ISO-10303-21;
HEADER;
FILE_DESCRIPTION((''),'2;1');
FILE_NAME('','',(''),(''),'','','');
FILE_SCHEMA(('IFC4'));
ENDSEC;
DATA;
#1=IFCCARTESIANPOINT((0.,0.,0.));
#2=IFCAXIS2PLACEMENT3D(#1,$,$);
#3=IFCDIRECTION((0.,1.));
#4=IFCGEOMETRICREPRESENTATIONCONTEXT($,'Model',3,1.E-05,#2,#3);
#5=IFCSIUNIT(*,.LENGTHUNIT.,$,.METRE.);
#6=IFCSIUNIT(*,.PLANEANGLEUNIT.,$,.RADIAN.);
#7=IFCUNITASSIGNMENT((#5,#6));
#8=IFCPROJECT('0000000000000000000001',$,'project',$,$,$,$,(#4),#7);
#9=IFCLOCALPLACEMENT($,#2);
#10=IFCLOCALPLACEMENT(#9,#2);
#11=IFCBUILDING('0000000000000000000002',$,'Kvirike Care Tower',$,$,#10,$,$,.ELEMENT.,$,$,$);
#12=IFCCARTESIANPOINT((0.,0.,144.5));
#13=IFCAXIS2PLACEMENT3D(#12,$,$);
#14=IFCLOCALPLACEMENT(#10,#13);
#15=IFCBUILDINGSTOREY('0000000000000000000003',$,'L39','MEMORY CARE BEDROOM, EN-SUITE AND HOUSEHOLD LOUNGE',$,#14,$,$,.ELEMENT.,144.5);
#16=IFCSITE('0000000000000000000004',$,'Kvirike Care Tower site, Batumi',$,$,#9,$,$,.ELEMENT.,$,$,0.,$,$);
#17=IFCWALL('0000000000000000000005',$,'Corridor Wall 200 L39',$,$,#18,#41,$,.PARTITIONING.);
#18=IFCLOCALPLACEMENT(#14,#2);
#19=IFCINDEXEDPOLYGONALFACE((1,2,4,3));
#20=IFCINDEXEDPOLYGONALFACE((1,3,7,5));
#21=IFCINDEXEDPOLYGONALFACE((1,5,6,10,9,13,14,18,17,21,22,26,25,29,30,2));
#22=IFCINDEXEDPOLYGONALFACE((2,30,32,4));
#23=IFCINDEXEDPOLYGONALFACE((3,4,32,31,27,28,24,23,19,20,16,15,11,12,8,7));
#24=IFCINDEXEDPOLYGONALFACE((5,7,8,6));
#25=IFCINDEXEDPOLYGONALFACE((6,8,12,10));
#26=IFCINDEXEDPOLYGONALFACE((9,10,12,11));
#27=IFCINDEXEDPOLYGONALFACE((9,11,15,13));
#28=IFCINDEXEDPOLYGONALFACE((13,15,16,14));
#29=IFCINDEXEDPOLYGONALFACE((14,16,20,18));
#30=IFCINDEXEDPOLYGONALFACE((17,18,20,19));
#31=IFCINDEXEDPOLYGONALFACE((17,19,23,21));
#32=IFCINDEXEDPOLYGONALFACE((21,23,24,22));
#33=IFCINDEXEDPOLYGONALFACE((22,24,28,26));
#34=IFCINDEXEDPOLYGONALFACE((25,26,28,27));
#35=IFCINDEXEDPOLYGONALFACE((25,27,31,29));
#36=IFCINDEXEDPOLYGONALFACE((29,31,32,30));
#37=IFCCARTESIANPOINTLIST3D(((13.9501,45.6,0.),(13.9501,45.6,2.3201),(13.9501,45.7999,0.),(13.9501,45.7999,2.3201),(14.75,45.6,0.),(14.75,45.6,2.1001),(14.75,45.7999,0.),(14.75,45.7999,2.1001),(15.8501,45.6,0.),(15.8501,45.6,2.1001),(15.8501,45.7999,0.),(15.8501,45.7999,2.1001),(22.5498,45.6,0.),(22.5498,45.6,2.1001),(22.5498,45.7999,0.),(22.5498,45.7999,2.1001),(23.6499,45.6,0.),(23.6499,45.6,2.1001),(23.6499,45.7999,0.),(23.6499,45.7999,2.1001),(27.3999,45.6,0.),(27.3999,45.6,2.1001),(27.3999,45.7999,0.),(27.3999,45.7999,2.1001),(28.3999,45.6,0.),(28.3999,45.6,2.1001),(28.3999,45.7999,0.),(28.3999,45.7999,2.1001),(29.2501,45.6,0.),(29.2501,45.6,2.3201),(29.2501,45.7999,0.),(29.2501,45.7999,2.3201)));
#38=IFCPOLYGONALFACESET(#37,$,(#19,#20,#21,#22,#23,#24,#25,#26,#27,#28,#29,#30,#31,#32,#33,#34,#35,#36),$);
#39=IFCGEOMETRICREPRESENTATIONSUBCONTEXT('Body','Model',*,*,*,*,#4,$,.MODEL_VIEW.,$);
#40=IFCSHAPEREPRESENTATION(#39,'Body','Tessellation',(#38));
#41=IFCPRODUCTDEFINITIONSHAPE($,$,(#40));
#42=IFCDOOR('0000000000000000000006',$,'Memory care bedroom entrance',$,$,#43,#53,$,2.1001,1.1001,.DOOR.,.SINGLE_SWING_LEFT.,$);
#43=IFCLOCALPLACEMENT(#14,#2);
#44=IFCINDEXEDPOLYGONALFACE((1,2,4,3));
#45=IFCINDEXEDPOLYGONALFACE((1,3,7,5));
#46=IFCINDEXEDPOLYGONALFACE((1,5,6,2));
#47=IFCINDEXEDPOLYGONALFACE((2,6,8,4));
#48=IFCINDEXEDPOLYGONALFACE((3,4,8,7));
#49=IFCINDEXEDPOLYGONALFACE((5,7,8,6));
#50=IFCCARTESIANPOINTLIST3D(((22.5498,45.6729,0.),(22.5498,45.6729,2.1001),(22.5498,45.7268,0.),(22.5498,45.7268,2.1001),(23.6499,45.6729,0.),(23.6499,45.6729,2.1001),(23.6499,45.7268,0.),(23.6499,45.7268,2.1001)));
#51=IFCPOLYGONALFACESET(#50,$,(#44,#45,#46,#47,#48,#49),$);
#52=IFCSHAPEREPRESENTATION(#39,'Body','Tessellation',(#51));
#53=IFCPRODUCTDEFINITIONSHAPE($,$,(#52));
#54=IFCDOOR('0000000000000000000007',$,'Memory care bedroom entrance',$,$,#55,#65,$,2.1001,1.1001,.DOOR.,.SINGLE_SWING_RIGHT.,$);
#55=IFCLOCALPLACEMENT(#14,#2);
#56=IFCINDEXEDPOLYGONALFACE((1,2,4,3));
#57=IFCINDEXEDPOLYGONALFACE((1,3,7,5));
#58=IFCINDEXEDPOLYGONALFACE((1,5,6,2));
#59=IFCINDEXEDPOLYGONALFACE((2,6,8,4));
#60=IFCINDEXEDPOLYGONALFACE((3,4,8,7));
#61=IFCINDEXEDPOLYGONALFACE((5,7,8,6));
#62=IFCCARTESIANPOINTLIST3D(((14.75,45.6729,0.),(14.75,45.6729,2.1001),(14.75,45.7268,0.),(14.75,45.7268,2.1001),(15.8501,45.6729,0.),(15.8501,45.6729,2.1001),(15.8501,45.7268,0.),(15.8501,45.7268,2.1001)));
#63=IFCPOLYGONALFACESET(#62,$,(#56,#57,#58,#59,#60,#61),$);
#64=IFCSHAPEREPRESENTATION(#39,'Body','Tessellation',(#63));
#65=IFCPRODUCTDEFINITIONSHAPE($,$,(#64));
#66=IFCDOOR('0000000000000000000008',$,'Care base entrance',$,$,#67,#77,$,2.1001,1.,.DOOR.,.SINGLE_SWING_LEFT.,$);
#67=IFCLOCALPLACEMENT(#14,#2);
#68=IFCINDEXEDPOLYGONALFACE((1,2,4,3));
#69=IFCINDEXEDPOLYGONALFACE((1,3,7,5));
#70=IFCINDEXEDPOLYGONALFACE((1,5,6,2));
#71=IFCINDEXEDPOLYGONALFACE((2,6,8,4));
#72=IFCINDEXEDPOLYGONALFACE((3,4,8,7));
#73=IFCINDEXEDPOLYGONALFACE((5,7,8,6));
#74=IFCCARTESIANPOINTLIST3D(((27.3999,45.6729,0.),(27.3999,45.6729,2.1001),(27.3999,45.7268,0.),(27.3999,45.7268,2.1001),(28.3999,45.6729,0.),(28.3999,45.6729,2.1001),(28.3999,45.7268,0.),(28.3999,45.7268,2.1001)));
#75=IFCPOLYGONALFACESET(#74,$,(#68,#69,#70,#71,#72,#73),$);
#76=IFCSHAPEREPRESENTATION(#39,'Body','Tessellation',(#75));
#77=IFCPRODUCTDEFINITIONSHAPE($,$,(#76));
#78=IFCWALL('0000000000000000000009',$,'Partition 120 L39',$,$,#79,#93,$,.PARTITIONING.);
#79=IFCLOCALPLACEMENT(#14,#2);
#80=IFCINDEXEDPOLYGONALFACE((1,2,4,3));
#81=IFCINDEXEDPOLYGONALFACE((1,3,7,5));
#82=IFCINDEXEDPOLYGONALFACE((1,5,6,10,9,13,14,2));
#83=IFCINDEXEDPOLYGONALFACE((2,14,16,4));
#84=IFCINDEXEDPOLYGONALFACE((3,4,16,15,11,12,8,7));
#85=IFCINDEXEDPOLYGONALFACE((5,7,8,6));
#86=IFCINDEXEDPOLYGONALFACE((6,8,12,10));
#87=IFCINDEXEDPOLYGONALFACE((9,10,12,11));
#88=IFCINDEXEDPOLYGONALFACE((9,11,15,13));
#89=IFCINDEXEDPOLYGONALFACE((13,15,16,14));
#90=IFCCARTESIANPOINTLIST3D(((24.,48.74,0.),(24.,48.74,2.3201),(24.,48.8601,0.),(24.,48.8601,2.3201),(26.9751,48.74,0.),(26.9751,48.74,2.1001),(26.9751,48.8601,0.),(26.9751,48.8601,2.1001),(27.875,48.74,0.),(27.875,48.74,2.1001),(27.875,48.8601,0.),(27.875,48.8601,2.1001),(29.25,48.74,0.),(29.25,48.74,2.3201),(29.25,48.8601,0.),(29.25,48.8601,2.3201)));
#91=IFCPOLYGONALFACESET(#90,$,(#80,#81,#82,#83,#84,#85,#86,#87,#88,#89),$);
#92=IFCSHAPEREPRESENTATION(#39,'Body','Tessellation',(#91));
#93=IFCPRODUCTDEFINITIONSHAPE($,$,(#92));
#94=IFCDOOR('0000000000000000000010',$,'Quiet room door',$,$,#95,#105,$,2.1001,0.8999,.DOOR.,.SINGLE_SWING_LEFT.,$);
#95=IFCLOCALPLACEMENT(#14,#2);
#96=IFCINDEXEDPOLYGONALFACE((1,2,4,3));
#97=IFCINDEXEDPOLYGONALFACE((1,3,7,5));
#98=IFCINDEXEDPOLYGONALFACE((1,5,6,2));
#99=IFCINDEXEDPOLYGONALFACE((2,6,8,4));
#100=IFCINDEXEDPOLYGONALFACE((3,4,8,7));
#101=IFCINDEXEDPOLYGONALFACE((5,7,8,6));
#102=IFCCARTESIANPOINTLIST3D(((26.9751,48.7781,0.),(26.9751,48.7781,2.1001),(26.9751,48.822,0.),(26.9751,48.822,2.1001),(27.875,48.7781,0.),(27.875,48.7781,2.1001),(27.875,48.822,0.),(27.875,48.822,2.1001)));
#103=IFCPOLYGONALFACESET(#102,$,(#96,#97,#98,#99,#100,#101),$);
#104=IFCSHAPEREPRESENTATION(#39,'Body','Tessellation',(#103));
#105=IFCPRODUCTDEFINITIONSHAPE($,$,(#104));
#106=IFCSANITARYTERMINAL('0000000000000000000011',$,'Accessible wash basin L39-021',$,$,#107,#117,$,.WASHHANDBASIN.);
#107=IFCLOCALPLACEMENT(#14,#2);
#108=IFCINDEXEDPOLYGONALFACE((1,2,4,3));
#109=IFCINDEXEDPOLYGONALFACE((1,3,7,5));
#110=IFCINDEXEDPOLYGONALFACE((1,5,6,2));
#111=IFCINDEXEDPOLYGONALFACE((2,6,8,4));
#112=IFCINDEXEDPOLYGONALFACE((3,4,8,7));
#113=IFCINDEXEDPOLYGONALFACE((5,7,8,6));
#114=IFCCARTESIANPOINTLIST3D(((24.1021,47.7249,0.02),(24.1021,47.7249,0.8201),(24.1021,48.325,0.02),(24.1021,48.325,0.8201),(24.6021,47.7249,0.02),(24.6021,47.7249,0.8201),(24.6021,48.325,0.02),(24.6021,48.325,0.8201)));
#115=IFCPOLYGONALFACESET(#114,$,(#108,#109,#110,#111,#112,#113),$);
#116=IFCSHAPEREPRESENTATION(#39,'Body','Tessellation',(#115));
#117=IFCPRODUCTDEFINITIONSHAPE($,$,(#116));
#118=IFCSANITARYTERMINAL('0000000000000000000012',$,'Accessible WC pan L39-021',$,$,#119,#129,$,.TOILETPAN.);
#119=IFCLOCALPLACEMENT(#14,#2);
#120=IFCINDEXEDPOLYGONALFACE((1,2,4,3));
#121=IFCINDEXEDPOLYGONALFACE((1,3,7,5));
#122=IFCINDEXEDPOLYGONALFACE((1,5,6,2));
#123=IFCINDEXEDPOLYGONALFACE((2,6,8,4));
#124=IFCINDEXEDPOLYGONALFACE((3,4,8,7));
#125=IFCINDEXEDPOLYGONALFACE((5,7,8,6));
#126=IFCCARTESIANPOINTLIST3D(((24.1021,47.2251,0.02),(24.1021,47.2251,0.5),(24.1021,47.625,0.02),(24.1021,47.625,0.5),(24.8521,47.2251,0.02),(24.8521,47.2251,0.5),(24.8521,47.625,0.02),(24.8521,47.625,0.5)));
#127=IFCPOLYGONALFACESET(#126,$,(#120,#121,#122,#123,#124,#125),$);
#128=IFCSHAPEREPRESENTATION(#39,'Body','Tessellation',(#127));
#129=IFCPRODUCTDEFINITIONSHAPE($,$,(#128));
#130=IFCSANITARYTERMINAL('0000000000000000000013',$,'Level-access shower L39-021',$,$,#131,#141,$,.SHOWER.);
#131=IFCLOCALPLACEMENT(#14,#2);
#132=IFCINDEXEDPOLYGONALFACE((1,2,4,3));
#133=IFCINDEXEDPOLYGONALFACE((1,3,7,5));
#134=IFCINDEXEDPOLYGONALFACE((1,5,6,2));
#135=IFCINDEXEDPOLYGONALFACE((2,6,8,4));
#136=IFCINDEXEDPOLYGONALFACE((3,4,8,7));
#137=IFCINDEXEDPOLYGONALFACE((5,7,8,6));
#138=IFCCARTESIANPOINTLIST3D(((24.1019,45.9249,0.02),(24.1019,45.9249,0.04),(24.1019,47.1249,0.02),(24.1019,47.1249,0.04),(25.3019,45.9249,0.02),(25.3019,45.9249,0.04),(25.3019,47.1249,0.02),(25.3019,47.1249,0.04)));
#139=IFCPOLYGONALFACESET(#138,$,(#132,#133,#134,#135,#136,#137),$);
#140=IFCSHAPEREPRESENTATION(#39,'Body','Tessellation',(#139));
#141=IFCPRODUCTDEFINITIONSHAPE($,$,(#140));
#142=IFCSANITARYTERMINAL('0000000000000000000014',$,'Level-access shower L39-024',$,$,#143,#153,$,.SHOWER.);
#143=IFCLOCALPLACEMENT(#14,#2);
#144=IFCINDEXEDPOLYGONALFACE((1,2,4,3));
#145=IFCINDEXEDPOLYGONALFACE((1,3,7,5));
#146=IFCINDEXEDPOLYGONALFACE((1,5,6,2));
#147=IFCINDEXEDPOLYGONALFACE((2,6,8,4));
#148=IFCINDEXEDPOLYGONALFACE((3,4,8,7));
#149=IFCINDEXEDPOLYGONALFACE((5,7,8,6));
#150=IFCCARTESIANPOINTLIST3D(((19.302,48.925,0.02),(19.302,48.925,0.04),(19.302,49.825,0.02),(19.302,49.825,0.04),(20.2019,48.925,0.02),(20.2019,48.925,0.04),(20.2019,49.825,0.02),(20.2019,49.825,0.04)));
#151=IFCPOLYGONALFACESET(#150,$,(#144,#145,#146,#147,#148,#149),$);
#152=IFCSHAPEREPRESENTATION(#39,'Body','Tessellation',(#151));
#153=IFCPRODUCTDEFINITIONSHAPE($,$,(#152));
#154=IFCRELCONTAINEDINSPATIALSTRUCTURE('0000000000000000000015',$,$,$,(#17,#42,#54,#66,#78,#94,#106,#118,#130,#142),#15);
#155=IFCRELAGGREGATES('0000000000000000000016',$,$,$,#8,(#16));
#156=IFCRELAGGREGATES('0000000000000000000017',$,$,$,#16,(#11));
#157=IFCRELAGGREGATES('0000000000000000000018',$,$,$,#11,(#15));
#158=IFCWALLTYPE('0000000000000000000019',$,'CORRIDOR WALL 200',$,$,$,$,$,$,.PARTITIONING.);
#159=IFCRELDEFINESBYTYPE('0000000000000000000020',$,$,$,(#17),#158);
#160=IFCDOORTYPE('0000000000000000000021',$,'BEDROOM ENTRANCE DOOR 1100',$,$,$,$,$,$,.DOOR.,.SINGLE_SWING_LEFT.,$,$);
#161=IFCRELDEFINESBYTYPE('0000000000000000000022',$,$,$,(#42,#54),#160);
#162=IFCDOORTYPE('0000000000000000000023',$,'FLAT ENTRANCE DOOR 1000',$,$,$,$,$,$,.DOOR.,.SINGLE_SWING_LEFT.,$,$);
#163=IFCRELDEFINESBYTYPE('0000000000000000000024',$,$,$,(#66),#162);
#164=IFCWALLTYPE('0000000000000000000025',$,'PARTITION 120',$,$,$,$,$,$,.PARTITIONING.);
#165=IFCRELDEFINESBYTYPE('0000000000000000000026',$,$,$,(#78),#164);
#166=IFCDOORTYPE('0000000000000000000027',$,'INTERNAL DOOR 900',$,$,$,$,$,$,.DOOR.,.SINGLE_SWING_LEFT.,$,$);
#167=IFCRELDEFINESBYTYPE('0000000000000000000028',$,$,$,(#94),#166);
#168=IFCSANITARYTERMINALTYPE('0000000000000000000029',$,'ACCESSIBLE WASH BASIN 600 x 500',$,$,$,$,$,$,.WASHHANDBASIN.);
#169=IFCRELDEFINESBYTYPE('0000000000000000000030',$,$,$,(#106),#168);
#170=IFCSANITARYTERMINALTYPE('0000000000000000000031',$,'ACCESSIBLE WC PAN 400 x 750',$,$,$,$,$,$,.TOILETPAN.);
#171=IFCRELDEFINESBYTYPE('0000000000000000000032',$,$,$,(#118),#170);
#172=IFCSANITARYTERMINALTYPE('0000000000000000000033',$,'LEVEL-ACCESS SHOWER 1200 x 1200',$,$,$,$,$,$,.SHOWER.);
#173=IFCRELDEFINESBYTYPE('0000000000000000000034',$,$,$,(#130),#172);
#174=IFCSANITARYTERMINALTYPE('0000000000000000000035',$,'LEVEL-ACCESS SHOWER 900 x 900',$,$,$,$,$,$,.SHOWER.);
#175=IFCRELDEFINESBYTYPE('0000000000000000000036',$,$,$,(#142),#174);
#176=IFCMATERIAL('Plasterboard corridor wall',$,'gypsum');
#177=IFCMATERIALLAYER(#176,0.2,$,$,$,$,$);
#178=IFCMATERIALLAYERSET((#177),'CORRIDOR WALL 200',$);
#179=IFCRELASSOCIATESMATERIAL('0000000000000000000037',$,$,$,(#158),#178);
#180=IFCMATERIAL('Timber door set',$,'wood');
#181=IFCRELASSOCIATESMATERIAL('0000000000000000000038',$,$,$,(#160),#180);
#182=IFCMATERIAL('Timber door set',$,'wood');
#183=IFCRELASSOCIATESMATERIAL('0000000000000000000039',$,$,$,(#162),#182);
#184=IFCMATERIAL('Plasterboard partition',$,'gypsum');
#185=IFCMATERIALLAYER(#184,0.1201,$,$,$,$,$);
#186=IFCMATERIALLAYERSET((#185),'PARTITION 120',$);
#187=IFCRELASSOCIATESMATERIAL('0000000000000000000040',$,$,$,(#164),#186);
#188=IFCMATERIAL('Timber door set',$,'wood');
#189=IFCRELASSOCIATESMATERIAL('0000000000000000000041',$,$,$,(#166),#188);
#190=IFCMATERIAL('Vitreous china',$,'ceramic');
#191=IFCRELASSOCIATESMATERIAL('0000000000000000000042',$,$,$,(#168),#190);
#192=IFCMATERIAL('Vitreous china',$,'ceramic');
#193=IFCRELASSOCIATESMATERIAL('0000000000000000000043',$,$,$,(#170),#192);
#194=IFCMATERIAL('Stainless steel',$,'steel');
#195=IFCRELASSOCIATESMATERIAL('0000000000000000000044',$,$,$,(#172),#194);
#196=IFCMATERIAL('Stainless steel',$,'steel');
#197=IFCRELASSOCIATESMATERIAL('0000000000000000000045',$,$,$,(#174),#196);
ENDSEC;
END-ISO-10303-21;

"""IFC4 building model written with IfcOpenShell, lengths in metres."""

from ifc_helpers import new_model, si_unit, direction, frame, frame_2d, origin, origin_2d, place, context, subcontext, project, spatial, rectangle, extrude, material, layer, layer_set, type_object, element, fill, save


model = new_model("IFC4")

# Units and contexts
model_context = context("Model", 3, precision=1e-05, world=origin(), true_north=direction((0.0, 1.0)))
body_context = subcontext(model_context, "Body", "Model", "MODEL_VIEW")
ifc_project = project(units=[si_unit("LENGTHUNIT", "METRE"), si_unit("PLANEANGLEUNIT", "RADIAN")], contexts=[model_context])

# Site, building, storey
site_placement = place(None, origin())
site = spatial("IfcSite", under=ifc_project, at=site_placement, Name="Kvirike Care Tower site, Batumi", CompositionType="ELEMENT", RefElevation=0.0)
building_placement = place(site_placement, origin())
building = spatial("IfcBuilding", under=site, at=building_placement, Name="Kvirike Care Tower", CompositionType="ELEMENT")
storey_placement = place(building_placement, frame((0.0, 0.0, 144.5)))
storey = spatial("IfcBuildingStorey", under=building, at=storey_placement, Name="L39", Description="MEMORY CARE BEDROOM, EN-SUITE AND HOUSEHOLD LOUNGE", CompositionType="ELEMENT", Elevation=144.5)

# Wall, openings, doors
ifc_material_1 = material(Name="Plasterboard corridor wall", Category="gypsum")
ifc_layer_1 = layer(ifc_material_1, 0.2)
ifc_layer_set_1 = layer_set([ifc_layer_1], Name="CORRIDOR WALL 200")
wall_type_1 = type_object("IfcWallType", Name="CORRIDOR WALL 200", PredefinedType="PARTITIONING", material=ifc_layer_set_1)
wall_1_placement = place(storey_placement, frame((29.25, 45.7, 0.0), z_axis=(0.0, 0.0, 1.0), x_axis=(-1.0, 0.0, 0.0)))
wall_1 = element("IfcWall", 1, at=wall_1_placement, inside=storey, type_object=wall_type_1, Name="Corridor Wall 200 L39", PredefinedType="PARTITIONING", context=body_context, shape_type="SweptSolid", body=[
    extrude(rectangle(XDim=15.3, YDim=0.2, at=frame_2d((7.6499, 0.0))), origin(), (0.0, 0.0, 1.0), 2.3201),
])
opening_1_placement = place(wall_1_placement, frame((0.8501, 0.0, 0.0)))
opening_1 = element("IfcOpeningElement", 2, at=opening_1_placement, cuts=wall_1, PredefinedType="OPENING", context=body_context, shape_type="SweptSolid", body=[
    extrude(rectangle(XDim=1.0, YDim=2.1001, at=frame_2d((0.5, 1.05))), frame((0.0, 0.1106, 0.0), z_axis=(0.0, -1.0, 0.0), x_axis=(1.0, 0.0, 0.0)), (0.0, 0.0, 1.0), 0.2209),
])
opening_2_placement = place(wall_1_placement, frame((5.6001, 0.0, 0.0)))
opening_2 = element("IfcOpeningElement", 3, at=opening_2_placement, cuts=wall_1, PredefinedType="OPENING", context=body_context, shape_type="SweptSolid", body=[
    extrude(rectangle(XDim=1.1001, YDim=2.1001, at=frame_2d((0.55, 1.05))), frame((0.0, 0.1106, 0.0), z_axis=(0.0, -1.0, 0.0), x_axis=(1.0, 0.0, 0.0)), (0.0, 0.0, 1.0), 0.2209),
])
opening_3_placement = place(wall_1_placement, frame((13.3999, 0.0, 0.0)))
opening_3 = element("IfcOpeningElement", 4, at=opening_3_placement, cuts=wall_1, PredefinedType="OPENING", context=body_context, shape_type="SweptSolid", body=[
    extrude(rectangle(XDim=1.1001, YDim=2.1001, at=frame_2d((0.55, 1.05))), frame((0.0, 0.1106, 0.0), z_axis=(0.0, -1.0, 0.0), x_axis=(1.0, 0.0, 0.0)), (0.0, 0.0, 1.0), 0.2209),
])
ifc_material_2 = material(Name="Timber door set", Category="wood")
door_type_1 = type_object("IfcDoorType", Name="BEDROOM ENTRANCE DOOR 1100", OperationType="SINGLE_SWING_LEFT", PredefinedType="DOOR", material=ifc_material_2)
door_1_placement = place(opening_2_placement, frame((1.1001, 0.0, 0.0), z_axis=(0.0, 0.0, 1.0), x_axis=(-1.0, 0.0, 0.0)))
door_1 = element("IfcDoor", 5, at=door_1_placement, inside=storey, type_object=door_type_1, Name="Memory care bedroom entrance", OperationType="SINGLE_SWING_LEFT", OverallHeight=2.1001, OverallWidth=1.1001, PredefinedType="DOOR", context=body_context, shape_type="SweptSolid", body=[
    extrude(rectangle(XDim=1.1001, YDim=2.1001, at=frame_2d((0.55, 1.05))), frame((0.0, 0.0269, 0.0), z_axis=(0.0, -1.0, 0.0), x_axis=(1.0, 0.0, 0.0)), (0.0, 0.0, 1.0), 0.054),
])
fill(opening_2, door_1)
door_2_placement = place(opening_3_placement, frame((1.1001, 0.0, 0.0), z_axis=(0.0, 0.0, 1.0), x_axis=(-1.0, 0.0, 0.0)))
door_2 = element("IfcDoor", 6, at=door_2_placement, inside=storey, type_object=door_type_1, Name="Memory care bedroom entrance", OperationType="SINGLE_SWING_RIGHT", OverallHeight=2.1001, OverallWidth=1.1001, PredefinedType="DOOR", context=body_context, shape_type="SweptSolid", body=[
    extrude(rectangle(XDim=1.1001, YDim=2.1001, at=frame_2d((0.55, 1.05))), frame((0.0, 0.0269, 0.0), z_axis=(0.0, -1.0, 0.0), x_axis=(1.0, 0.0, 0.0)), (0.0, 0.0, 1.0), 0.054),
])
fill(opening_3, door_2)
ifc_material_3 = material(Name="Timber door set", Category="wood")
door_type_2 = type_object("IfcDoorType", Name="FLAT ENTRANCE DOOR 1000", OperationType="SINGLE_SWING_LEFT", PredefinedType="DOOR", material=ifc_material_3)
door_3_placement = place(opening_1_placement, frame((1.0, 0.0, 0.0), z_axis=(0.0, 0.0, 1.0), x_axis=(-1.0, 0.0, 0.0)))
door_3 = element("IfcDoor", 7, at=door_3_placement, inside=storey, type_object=door_type_2, Name="Care base entrance", OperationType="SINGLE_SWING_LEFT", OverallHeight=2.1001, OverallWidth=1.0, PredefinedType="DOOR", context=body_context, shape_type="SweptSolid", body=[
    extrude(rectangle(XDim=1.0, YDim=2.1001, at=frame_2d((0.5, 1.05))), frame((0.0, 0.0269, 0.0), z_axis=(0.0, -1.0, 0.0), x_axis=(1.0, 0.0, 0.0)), (0.0, 0.0, 1.0), 0.054),
])
fill(opening_1, door_3)

# Wall, opening, door
ifc_material_4 = material(Name="Plasterboard partition", Category="gypsum")
ifc_layer_2 = layer(ifc_material_4, 0.1201)
ifc_layer_set_2 = layer_set([ifc_layer_2], Name="PARTITION 120")
wall_type_2 = type_object("IfcWallType", Name="PARTITION 120", PredefinedType="PARTITIONING", material=ifc_layer_set_2)
wall_2_placement = place(storey_placement, frame((29.25, 48.8, 0.0), z_axis=(0.0, 0.0, 1.0), x_axis=(-1.0, 0.0, 0.0)))
wall_2 = element("IfcWall", 8, at=wall_2_placement, inside=storey, type_object=wall_type_2, Name="Partition 120 L39", PredefinedType="PARTITIONING", context=body_context, shape_type="SweptSolid", body=[
    extrude(rectangle(XDim=5.25, YDim=0.1201, at=frame_2d((2.625, 0.0))), origin(), (0.0, 0.0, 1.0), 2.3201),
])
opening_4_placement = place(wall_2_placement, frame((1.375, 0.0, 0.0)))
opening_4 = element("IfcOpeningElement", 9, at=opening_4_placement, cuts=wall_2, PredefinedType="OPENING", context=body_context, shape_type="SweptSolid", body=[
    extrude(rectangle(XDim=0.8999, YDim=2.1001, at=frame_2d((0.45, 1.05))), frame((0.0, 0.0706, 0.0), z_axis=(0.0, -1.0, 0.0), x_axis=(1.0, 0.0, 0.0)), (0.0, 0.0, 1.0), 0.1411),
])
ifc_material_5 = material(Name="Timber door set", Category="wood")
door_type_3 = type_object("IfcDoorType", Name="INTERNAL DOOR 900", OperationType="SINGLE_SWING_LEFT", PredefinedType="DOOR", material=ifc_material_5)
door_4_placement = place(opening_4_placement, origin())
door_4 = element("IfcDoor", 10, at=door_4_placement, inside=storey, type_object=door_type_3, Name="Quiet room door", OperationType="SINGLE_SWING_LEFT", OverallHeight=2.1001, OverallWidth=0.8999, PredefinedType="DOOR", context=body_context, shape_type="SweptSolid", body=[
    extrude(rectangle(XDim=0.8999, YDim=2.1001, at=frame_2d((0.45, 1.05))), frame((0.0, 0.022, 0.0), z_axis=(0.0, -1.0, 0.0), x_axis=(1.0, 0.0, 0.0)), (0.0, 0.0, 1.0), 0.0439),
])
fill(opening_4, door_4)

# Sanitary terminals
ifc_material_6 = material(Name="Vitreous china", Category="ceramic")
sanitary_terminal_type_1 = type_object("IfcSanitaryTerminalType", Name="ACCESSIBLE WASH BASIN 600 x 500", PredefinedType="WASHHANDBASIN", material=ifc_material_6)
sanitary_terminal_1_placement = place(storey_placement, frame((24.3521, 48.0249, 0.02), z_axis=(0.0, 0.0, 1.0), x_axis=(0.0, 1.0, 0.0)))
element("IfcSanitaryTerminal", 11, at=sanitary_terminal_1_placement, inside=storey, type_object=sanitary_terminal_type_1, Name="Accessible wash basin L39-021", PredefinedType="WASHHANDBASIN", context=body_context, shape_type="SweptSolid", body=[
    extrude(rectangle(XDim=0.6001, YDim=0.5, at=origin_2d()), origin(), (0.0, 0.0, 1.0), 0.8),
])
ifc_material_7 = material(Name="Vitreous china", Category="ceramic")
sanitary_terminal_type_2 = type_object("IfcSanitaryTerminalType", Name="ACCESSIBLE WC PAN 400 x 750", PredefinedType="TOILETPAN", material=ifc_material_7)
sanitary_terminal_2_placement = place(storey_placement, frame((24.4771, 47.425, 0.02), z_axis=(0.0, 0.0, 1.0), x_axis=(0.0, 1.0, 0.0)))
element("IfcSanitaryTerminal", 12, at=sanitary_terminal_2_placement, inside=storey, type_object=sanitary_terminal_type_2, Name="Accessible WC pan L39-021", PredefinedType="TOILETPAN", context=body_context, shape_type="SweptSolid", body=[
    extrude(rectangle(XDim=0.3999, YDim=0.75, at=origin_2d()), origin(), (0.0, 0.0, 1.0), 0.48),
])
ifc_material_8 = material(Name="Stainless steel", Category="steel")
sanitary_terminal_type_3 = type_object("IfcSanitaryTerminalType", Name="LEVEL-ACCESS SHOWER 1200 x 1200", PredefinedType="SHOWER", material=ifc_material_8)
sanitary_terminal_3_placement = place(storey_placement, frame((24.7019, 46.5249, 0.02), z_axis=(0.0, 0.0, 1.0), x_axis=(0.0, 1.0, 0.0)))
element("IfcSanitaryTerminal", 13, at=sanitary_terminal_3_placement, inside=storey, type_object=sanitary_terminal_type_3, Name="Level-access shower L39-021", PredefinedType="SHOWER", context=body_context, shape_type="SweptSolid", body=[
    extrude(rectangle(XDim=1.2, YDim=1.2, at=origin_2d()), origin(), (0.0, 0.0, 1.0), 0.02),
])
ifc_material_9 = material(Name="Stainless steel", Category="steel")
sanitary_terminal_type_4 = type_object("IfcSanitaryTerminalType", Name="LEVEL-ACCESS SHOWER 900 x 900", PredefinedType="SHOWER", material=ifc_material_9)
sanitary_terminal_4_placement = place(storey_placement, frame((19.752, 49.375, 0.02), z_axis=(0.0, 0.0, 1.0), x_axis=(0.0, 1.0, 0.0)))
element("IfcSanitaryTerminal", 14, at=sanitary_terminal_4_placement, inside=storey, type_object=sanitary_terminal_type_4, Name="Level-access shower L39-024", PredefinedType="SHOWER", context=body_context, shape_type="SweptSolid", body=[
    extrude(rectangle(XDim=0.8999, YDim=0.8999, at=origin_2d()), origin(), (0.0, 0.0, 1.0), 0.02),
])

save(model, "model.ifc")
